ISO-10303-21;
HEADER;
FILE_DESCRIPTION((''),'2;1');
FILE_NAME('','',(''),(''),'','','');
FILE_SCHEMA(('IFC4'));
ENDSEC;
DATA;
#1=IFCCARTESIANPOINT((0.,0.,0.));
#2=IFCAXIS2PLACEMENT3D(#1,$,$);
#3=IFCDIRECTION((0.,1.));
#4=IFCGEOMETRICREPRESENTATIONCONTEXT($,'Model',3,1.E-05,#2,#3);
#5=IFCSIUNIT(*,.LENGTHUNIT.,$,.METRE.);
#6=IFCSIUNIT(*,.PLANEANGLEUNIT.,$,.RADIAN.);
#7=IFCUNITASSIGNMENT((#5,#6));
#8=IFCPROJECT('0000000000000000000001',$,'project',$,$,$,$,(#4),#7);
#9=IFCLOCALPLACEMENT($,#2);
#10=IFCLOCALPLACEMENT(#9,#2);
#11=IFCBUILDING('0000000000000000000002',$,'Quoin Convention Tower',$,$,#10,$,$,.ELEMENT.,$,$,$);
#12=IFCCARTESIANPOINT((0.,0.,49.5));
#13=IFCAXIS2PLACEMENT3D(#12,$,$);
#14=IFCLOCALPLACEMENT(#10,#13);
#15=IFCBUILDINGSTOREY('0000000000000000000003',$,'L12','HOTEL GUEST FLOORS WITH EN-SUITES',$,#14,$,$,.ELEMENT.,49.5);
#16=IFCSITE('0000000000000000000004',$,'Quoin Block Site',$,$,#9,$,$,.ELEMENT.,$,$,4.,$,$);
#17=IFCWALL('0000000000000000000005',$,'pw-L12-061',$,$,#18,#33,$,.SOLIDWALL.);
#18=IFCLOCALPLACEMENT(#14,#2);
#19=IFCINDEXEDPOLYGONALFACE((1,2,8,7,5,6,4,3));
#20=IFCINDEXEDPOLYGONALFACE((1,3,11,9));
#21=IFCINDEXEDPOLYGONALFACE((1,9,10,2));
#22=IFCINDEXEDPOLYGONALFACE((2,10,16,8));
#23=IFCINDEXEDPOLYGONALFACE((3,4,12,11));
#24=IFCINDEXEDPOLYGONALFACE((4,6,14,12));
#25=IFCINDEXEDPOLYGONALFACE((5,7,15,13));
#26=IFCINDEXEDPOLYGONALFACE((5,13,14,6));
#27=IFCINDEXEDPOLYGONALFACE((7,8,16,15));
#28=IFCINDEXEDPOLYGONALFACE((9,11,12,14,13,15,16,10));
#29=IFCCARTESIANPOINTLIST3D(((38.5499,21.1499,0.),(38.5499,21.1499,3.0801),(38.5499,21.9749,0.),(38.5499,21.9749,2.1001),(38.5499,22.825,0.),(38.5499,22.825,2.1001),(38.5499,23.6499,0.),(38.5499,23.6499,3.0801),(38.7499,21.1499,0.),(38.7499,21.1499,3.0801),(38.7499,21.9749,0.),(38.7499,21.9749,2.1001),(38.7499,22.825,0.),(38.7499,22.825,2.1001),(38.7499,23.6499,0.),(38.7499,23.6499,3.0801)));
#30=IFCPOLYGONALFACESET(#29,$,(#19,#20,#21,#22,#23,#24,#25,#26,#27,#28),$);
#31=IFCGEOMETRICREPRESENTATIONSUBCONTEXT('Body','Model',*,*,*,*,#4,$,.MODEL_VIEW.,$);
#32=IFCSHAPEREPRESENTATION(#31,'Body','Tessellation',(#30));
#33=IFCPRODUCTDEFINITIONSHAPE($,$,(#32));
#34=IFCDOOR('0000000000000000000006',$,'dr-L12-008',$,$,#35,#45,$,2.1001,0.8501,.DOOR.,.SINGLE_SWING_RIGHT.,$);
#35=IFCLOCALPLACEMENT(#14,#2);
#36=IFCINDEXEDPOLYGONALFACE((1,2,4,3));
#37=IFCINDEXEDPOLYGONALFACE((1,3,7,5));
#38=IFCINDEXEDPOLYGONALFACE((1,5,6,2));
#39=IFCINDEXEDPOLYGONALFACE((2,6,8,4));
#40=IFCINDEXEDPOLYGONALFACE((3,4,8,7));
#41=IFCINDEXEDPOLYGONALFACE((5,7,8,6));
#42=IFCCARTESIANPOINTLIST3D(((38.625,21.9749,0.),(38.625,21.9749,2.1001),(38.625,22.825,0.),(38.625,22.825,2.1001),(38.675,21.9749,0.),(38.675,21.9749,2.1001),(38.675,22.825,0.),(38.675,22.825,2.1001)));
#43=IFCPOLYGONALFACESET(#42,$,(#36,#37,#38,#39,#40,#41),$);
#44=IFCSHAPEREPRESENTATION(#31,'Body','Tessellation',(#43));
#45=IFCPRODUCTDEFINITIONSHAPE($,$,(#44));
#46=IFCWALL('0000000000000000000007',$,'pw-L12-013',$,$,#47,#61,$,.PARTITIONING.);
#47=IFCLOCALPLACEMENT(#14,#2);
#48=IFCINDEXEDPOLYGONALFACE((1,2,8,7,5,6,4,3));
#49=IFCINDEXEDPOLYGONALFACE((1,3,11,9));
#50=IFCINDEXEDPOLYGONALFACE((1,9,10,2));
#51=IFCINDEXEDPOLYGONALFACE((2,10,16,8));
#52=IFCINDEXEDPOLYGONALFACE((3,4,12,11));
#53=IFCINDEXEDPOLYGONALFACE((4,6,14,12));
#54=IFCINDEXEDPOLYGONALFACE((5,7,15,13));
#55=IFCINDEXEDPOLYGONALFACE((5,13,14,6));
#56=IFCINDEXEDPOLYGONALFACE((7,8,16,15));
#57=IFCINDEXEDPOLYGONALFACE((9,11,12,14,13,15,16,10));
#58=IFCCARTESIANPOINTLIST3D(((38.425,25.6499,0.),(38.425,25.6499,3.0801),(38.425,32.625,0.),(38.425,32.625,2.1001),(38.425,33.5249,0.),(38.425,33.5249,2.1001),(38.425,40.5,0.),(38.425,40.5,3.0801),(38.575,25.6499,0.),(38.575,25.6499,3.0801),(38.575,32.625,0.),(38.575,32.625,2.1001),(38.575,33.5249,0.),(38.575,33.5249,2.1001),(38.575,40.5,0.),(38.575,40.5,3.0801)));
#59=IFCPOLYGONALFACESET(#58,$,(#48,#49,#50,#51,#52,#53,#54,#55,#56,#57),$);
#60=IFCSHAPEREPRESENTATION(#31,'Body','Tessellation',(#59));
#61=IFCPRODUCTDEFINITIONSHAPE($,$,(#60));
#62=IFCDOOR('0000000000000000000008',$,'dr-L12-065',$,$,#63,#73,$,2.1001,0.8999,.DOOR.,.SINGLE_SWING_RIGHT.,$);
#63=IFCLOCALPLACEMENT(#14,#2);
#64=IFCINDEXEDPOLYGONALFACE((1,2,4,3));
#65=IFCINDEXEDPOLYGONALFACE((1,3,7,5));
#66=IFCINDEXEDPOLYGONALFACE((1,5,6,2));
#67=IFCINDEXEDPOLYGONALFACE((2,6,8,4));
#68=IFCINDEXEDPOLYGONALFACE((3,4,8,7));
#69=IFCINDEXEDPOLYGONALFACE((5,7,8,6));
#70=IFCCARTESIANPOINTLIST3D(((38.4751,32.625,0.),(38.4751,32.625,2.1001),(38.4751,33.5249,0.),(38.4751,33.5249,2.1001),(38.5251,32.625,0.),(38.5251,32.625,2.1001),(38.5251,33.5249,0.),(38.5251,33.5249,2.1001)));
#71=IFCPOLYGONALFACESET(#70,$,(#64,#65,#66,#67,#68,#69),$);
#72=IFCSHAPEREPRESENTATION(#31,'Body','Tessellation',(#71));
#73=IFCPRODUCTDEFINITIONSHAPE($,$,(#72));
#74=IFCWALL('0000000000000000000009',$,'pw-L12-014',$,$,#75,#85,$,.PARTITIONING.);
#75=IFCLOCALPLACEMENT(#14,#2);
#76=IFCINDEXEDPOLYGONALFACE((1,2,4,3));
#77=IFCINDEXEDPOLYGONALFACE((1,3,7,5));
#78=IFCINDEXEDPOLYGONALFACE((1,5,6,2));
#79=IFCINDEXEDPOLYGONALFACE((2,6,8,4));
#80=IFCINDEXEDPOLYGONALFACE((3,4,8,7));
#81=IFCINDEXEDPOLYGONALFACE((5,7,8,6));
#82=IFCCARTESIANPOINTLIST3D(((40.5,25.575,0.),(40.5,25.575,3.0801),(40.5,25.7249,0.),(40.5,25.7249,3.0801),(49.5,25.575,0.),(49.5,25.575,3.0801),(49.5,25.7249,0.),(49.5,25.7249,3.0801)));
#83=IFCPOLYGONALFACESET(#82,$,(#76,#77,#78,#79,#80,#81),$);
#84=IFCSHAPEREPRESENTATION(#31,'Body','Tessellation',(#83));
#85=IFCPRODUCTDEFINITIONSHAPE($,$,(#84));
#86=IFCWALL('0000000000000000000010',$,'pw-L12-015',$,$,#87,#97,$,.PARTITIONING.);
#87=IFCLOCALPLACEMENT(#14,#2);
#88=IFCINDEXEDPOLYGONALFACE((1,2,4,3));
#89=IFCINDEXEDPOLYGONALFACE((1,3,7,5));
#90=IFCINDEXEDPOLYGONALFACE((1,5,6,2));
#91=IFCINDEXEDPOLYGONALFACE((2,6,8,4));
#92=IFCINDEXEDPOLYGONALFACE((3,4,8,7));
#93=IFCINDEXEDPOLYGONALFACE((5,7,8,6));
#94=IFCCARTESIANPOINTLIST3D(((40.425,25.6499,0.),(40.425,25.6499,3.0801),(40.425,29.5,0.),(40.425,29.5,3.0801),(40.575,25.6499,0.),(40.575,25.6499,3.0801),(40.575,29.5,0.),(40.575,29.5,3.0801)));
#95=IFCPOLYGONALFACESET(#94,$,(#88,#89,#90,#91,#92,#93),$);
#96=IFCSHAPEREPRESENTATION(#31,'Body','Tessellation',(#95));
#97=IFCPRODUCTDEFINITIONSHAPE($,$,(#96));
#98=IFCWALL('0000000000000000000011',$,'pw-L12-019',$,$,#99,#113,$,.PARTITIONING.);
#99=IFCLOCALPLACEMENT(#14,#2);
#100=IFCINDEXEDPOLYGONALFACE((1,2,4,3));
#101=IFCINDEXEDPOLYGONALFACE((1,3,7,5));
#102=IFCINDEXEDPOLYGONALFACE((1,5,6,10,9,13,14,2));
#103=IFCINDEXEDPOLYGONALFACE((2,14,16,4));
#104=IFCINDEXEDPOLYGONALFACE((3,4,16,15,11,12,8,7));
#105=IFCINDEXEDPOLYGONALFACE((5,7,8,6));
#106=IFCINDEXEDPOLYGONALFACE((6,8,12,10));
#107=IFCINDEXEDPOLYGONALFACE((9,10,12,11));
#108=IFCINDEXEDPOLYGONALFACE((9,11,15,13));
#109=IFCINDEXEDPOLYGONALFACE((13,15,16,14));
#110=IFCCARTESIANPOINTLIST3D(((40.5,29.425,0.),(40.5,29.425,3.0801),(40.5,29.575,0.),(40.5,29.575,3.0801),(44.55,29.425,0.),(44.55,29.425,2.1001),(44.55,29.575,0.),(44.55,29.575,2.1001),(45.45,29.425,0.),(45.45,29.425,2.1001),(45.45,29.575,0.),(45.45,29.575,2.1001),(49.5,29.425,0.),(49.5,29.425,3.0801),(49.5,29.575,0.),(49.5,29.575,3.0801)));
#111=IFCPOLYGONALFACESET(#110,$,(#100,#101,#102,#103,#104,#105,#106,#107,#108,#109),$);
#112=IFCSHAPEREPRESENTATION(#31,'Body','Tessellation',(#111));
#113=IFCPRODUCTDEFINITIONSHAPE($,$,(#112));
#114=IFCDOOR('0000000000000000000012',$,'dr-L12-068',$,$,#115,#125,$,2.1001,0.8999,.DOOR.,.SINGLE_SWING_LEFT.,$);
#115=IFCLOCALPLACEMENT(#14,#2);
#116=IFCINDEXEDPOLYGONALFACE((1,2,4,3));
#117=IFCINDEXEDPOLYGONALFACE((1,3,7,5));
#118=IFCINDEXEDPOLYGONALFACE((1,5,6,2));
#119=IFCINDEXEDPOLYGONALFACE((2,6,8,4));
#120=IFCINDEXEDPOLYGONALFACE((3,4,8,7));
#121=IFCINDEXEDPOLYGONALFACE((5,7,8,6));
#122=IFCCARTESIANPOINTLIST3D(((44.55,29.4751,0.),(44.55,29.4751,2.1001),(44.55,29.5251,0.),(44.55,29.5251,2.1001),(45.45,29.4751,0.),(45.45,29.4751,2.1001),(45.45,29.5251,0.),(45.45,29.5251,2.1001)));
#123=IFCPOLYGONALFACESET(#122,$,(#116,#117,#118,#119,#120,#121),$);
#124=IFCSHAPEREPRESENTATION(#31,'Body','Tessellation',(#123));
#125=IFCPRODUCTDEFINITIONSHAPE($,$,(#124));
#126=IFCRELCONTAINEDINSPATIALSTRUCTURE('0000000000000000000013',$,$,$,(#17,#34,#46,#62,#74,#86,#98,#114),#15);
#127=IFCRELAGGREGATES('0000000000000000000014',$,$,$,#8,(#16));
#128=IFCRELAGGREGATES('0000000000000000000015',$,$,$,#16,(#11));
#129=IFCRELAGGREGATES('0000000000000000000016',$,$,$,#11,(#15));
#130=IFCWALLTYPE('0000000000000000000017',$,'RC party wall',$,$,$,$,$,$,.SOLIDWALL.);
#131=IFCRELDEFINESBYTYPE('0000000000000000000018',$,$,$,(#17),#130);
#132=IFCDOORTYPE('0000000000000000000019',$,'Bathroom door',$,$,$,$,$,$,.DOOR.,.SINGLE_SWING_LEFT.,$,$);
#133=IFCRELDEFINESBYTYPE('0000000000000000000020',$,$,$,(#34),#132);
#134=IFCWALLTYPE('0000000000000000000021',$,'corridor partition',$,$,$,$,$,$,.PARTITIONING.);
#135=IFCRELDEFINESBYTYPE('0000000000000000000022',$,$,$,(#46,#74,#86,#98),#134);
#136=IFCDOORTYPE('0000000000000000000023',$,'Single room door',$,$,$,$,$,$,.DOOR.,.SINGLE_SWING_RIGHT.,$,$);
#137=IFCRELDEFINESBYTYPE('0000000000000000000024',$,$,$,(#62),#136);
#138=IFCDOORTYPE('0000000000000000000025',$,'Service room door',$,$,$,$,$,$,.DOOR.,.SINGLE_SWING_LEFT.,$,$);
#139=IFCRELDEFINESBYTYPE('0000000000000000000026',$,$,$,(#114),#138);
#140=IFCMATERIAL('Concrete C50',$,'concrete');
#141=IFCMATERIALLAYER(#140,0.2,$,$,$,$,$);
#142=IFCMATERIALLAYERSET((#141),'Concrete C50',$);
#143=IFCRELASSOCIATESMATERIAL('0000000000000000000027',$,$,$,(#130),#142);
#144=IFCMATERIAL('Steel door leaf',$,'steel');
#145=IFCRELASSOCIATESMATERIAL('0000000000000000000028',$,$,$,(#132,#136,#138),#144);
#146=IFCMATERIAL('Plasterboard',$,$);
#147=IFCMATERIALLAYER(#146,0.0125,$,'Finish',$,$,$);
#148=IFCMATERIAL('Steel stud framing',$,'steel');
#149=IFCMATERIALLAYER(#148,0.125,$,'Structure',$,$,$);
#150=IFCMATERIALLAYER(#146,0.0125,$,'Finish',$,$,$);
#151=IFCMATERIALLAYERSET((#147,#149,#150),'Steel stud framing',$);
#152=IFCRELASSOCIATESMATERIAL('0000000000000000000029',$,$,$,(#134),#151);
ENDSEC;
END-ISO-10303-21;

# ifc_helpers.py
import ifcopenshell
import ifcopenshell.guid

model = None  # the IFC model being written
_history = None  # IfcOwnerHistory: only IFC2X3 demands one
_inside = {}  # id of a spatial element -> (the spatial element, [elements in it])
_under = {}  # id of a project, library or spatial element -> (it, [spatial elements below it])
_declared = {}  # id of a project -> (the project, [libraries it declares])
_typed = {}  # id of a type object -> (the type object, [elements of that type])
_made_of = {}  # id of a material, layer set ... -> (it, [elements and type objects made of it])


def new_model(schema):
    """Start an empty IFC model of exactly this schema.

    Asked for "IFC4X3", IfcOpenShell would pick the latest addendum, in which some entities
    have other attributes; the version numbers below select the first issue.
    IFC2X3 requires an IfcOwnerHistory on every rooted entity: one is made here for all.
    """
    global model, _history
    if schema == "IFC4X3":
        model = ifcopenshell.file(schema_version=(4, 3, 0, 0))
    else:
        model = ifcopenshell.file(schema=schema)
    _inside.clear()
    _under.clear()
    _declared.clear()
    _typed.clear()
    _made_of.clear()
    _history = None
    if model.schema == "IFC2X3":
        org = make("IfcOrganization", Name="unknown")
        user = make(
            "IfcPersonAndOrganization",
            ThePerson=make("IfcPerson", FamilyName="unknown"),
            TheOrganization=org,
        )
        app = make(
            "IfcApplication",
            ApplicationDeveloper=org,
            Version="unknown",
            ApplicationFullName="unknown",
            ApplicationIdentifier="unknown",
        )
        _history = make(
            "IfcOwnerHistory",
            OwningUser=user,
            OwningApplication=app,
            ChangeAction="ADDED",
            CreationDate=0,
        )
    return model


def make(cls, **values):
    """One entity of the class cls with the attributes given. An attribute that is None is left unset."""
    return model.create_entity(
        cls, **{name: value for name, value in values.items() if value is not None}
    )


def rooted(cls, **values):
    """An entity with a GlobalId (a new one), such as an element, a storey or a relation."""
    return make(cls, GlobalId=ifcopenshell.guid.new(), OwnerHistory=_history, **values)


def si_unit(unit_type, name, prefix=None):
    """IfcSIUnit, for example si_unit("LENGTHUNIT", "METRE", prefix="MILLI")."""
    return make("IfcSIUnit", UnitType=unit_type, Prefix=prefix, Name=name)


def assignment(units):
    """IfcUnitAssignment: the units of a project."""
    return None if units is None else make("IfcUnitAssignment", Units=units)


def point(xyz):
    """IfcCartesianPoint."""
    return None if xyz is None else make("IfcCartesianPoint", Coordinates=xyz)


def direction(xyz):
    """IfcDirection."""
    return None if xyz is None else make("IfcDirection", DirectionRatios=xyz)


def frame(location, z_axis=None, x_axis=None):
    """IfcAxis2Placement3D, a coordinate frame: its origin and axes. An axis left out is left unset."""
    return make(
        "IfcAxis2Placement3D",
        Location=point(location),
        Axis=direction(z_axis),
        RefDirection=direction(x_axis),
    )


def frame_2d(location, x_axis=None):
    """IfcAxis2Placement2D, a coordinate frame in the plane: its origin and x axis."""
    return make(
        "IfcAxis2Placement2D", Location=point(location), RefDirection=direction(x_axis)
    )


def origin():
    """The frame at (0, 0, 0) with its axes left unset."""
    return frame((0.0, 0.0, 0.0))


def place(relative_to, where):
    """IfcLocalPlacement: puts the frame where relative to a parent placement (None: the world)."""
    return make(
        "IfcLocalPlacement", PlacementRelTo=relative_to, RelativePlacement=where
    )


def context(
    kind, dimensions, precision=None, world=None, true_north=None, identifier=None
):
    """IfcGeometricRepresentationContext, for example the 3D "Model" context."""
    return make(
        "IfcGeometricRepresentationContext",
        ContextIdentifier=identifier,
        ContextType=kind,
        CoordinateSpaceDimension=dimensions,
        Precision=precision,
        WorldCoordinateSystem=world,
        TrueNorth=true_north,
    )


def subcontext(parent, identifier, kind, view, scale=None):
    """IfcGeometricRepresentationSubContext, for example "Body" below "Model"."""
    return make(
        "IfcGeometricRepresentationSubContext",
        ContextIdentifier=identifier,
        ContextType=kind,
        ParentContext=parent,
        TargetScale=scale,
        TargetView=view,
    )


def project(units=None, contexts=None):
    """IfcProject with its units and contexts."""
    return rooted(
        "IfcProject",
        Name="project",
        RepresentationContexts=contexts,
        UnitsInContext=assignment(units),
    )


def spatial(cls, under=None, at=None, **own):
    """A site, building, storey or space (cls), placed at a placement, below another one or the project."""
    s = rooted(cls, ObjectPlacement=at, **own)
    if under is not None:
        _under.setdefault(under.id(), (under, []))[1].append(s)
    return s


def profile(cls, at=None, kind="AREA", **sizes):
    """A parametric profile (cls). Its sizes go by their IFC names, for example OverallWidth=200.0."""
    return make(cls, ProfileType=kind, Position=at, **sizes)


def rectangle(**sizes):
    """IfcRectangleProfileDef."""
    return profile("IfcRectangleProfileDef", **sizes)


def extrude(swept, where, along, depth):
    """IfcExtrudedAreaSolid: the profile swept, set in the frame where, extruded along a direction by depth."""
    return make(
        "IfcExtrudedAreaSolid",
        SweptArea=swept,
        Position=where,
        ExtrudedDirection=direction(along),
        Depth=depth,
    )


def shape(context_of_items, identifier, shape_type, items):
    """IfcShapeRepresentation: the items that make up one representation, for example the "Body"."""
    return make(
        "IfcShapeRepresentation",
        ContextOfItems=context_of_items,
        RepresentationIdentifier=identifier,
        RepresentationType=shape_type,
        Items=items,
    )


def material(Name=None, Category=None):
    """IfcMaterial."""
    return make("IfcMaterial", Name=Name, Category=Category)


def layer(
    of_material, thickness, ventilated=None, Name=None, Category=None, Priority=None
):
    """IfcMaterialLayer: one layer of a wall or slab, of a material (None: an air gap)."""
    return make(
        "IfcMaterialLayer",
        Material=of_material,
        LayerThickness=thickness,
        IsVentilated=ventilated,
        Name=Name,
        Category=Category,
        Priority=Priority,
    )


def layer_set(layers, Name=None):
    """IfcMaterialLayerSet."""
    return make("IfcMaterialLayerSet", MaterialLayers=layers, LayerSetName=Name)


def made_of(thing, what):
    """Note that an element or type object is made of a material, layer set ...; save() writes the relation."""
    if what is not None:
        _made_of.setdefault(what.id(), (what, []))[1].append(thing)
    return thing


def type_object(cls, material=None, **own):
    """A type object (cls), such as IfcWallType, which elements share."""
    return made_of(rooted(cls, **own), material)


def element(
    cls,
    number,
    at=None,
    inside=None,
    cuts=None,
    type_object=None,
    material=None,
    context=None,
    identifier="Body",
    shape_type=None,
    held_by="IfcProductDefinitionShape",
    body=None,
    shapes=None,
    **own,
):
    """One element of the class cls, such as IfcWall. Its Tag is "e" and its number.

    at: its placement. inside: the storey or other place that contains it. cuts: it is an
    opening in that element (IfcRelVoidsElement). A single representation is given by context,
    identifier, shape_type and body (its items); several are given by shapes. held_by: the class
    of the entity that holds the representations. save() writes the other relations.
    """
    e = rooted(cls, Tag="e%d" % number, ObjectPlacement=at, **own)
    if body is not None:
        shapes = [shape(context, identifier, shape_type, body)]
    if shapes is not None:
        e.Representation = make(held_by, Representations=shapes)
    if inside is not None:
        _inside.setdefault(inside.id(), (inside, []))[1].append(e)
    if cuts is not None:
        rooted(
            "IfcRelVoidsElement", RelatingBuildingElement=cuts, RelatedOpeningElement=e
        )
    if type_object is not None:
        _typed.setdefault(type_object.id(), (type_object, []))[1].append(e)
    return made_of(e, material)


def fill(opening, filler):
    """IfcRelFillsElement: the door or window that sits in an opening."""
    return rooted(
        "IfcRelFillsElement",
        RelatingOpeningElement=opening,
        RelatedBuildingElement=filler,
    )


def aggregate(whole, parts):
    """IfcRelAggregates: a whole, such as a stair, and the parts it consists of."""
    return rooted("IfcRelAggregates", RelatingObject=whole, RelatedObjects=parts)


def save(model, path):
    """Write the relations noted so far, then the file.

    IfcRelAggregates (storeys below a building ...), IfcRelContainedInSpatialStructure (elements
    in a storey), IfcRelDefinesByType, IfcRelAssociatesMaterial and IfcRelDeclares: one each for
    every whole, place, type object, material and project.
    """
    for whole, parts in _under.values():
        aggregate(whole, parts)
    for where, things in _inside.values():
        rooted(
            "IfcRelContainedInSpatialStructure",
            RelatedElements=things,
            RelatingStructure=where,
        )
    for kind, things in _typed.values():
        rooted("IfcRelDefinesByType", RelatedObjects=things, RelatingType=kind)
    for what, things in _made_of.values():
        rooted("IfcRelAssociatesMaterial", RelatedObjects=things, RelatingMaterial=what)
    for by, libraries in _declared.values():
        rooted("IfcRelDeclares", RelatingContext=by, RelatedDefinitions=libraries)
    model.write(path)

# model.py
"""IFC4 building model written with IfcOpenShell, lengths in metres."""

from ifc_helpers import new_model, si_unit, direction, frame, frame_2d, origin, place, context, subcontext, project, spatial, rectangle, extrude, material, layer, layer_set, type_object, element, fill, save


model = new_model("IFC4")

# Units and contexts
model_context = context("Model", 3, precision=1e-05, world=origin(), true_north=direction((0.0, 1.0)))
body_context = subcontext(model_context, "Body", "Model", "MODEL_VIEW")
ifc_project = project(units=[si_unit("LENGTHUNIT", "METRE"), si_unit("PLANEANGLEUNIT", "RADIAN")], contexts=[model_context])

# Site, building, storey
site_placement = place(None, origin())
site = spatial("IfcSite", under=ifc_project, at=site_placement, Name="Quoin Block Site", CompositionType="ELEMENT", RefElevation=4.0)
building_placement = place(site_placement, origin())
building = spatial("IfcBuilding", under=site, at=building_placement, Name="Quoin Convention Tower", CompositionType="ELEMENT")
storey_placement = place(building_placement, frame((0.0, 0.0, 49.5)))
storey = spatial("IfcBuildingStorey", under=building, at=storey_placement, Name="L12", Description="HOTEL GUEST FLOORS WITH EN-SUITES", CompositionType="ELEMENT", Elevation=49.5)

# Shared definitions
ifc_material_1 = material(Name="Concrete C50", Category="concrete")

# Shared definitions
ifc_material_2 = material(Name="Steel door leaf", Category="steel")

# Shared definitions
ifc_layer_1 = layer(ifc_material_1, 0.2)
ifc_layer_set_1 = layer_set([ifc_layer_1], Name="Concrete C50")
wall_type_1 = type_object("IfcWallType", Name="RC party wall", PredefinedType="SOLIDWALL", material=ifc_layer_set_1)

# Shared definitions
door_type_1 = type_object("IfcDoorType", Name="Bathroom door", OperationType="SINGLE_SWING_LEFT", PredefinedType="DOOR", material=ifc_material_2)

# Walls, openings, doors
wall_1_placement = place(storey_placement, frame((38.6499, 21.1499, 0.0), z_axis=(0.0, 0.0, 1.0), x_axis=(0.0, 1.0, 0.0)))
wall_1 = element("IfcWall", 1, at=wall_1_placement, inside=storey, type_object=wall_type_1, Name="pw-L12-061", PredefinedType="SOLIDWALL", context=body_context, shape_type="SweptSolid", body=[
    extrude(rectangle(XDim=2.5, YDim=0.2, at=frame_2d((1.25, 0.0))), origin(), (0.0, 0.0, 1.0), 3.0801),
])
opening_1_placement = place(wall_1_placement, frame((0.825, 0.0, 0.0)))
opening_1 = element("IfcOpeningElement", 2, at=opening_1_placement, cuts=wall_1, PredefinedType="OPENING", context=body_context, shape_type="SweptSolid", body=[
    extrude(rectangle(XDim=0.8501, YDim=2.1001, at=frame_2d((0.425, 1.05))), frame((0.0, 0.1099, 0.0), z_axis=(0.0, -1.0, 0.0), x_axis=(1.0, 0.0, 0.0)), (0.0, 0.0, 1.0), 0.22),
])
door_1_placement = place(opening_1_placement, origin())
door_1 = element("IfcDoor", 3, at=door_1_placement, inside=storey, type_object=door_type_1, Name="dr-L12-008", OperationType="SINGLE_SWING_RIGHT", OverallHeight=2.1001, OverallWidth=0.8501, PredefinedType="DOOR", context=body_context, shape_type="SweptSolid", body=[
    extrude(rectangle(XDim=0.8501, YDim=2.1001, at=frame_2d((0.425, 1.05))), frame((0.0, 0.0249, 0.0), z_axis=(0.0, -1.0, 0.0), x_axis=(1.0, 0.0, 0.0)), (0.0, 0.0, 1.0), 0.05),
])
fill(opening_1, door_1)
ifc_material_3 = material(Name="Plasterboard")
ifc_layer_2 = layer(ifc_material_3, 0.0125, Name="Finish")
ifc_material_4 = material(Name="Steel stud framing", Category="steel")
ifc_layer_3 = layer(ifc_material_4, 0.125, Name="Structure")
ifc_layer_4 = layer(ifc_material_3, 0.0125, Name="Finish")
ifc_layer_set_2 = layer_set([ifc_layer_2, ifc_layer_3, ifc_layer_4], Name="Steel stud framing")
wall_type_2 = type_object("IfcWallType", Name="corridor partition", PredefinedType="PARTITIONING", material=ifc_layer_set_2)
wall_2_placement = place(storey_placement, frame((38.5, 25.6499, 0.0), z_axis=(0.0, 0.0, 1.0), x_axis=(0.0, 1.0, 0.0)))
wall_2 = element("IfcWall", 4, at=wall_2_placement, inside=storey, type_object=wall_type_2, Name="pw-L12-013", PredefinedType="PARTITIONING", context=body_context, shape_type="SweptSolid", body=[
    extrude(rectangle(XDim=14.8501, YDim=0.1499, at=frame_2d((7.425, 0.0))), origin(), (0.0, 0.0, 1.0), 3.0801),
])
opening_2_placement = place(wall_2_placement, frame((6.9751, 0.0, 0.0)))
opening_2 = element("IfcOpeningElement", 5, at=opening_2_placement, cuts=wall_2, PredefinedType="OPENING", context=body_context, shape_type="SweptSolid", body=[
    extrude(rectangle(XDim=0.8999, YDim=2.1001, at=frame_2d((0.45, 1.05))), frame((0.0, 0.085, 0.0), z_axis=(0.0, -1.0, 0.0), x_axis=(1.0, 0.0, 0.0)), (0.0, 0.0, 1.0), 0.1699),
])
door_type_2 = type_object("IfcDoorType", Name="Single room door", OperationType="SINGLE_SWING_RIGHT", PredefinedType="DOOR", material=ifc_material_2)
door_2_placement = place(opening_2_placement, origin())
door_2 = element("IfcDoor", 6, at=door_2_placement, inside=storey, type_object=door_type_2, Name="dr-L12-065", OperationType="SINGLE_SWING_RIGHT", OverallHeight=2.1001, OverallWidth=0.8999, PredefinedType="DOOR", context=body_context, shape_type="SweptSolid", body=[
    extrude(rectangle(XDim=0.8999, YDim=2.1001, at=frame_2d((0.45, 1.05))), frame((0.0, 0.0249, 0.0), z_axis=(0.0, -1.0, 0.0), x_axis=(1.0, 0.0, 0.0)), (0.0, 0.0, 1.0), 0.05),
])
fill(opening_2, door_2)

# Walls
wall_3_placement = place(storey_placement, frame((40.5, 25.6499, 0.0), z_axis=(0.0, 0.0, 1.0), x_axis=(1.0, 0.0, 0.0)))
element("IfcWall", 7, at=wall_3_placement, inside=storey, type_object=wall_type_2, Name="pw-L12-014", PredefinedType="PARTITIONING", context=body_context, shape_type="SweptSolid", body=[
    extrude(rectangle(XDim=9.0, YDim=0.1499, at=frame_2d((4.5, 0.0))), origin(), (0.0, 0.0, 1.0), 3.0801),
])
wall_4_placement = place(storey_placement, frame((40.5, 25.6499, 0.0), z_axis=(0.0, 0.0, 1.0), x_axis=(0.0, 1.0, 0.0)))
element("IfcWall", 8, at=wall_4_placement, inside=storey, type_object=wall_type_2, Name="pw-L12-015", PredefinedType="PARTITIONING", context=body_context, shape_type="SweptSolid", body=[
    extrude(rectangle(XDim=3.8501, YDim=0.1499, at=frame_2d((1.925, 0.0))), origin(), (0.0, 0.0, 1.0), 3.0801),
])

# Wall, opening, door
wall_5_placement = place(storey_placement, frame((40.5, 29.5, 0.0), z_axis=(0.0, 0.0, 1.0), x_axis=(1.0, 0.0, 0.0)))
wall_5 = element("IfcWall", 9, at=wall_5_placement, inside=storey, type_object=wall_type_2, Name="pw-L12-019", PredefinedType="PARTITIONING", context=body_context, shape_type="SweptSolid", body=[
    extrude(rectangle(XDim=9.0, YDim=0.1499, at=frame_2d((4.5, 0.0))), origin(), (0.0, 0.0, 1.0), 3.0801),
])
opening_3_placement = place(wall_5_placement, frame((4.05, 0.0, 0.0)))
opening_3 = element("IfcOpeningElement", 10, at=opening_3_placement, cuts=wall_5, PredefinedType="OPENING", context=body_context, shape_type="SweptSolid", body=[
    extrude(rectangle(XDim=0.8999, YDim=2.1001, at=frame_2d((0.45, 1.05))), frame((0.0, 0.085, 0.0), z_axis=(0.0, -1.0, 0.0), x_axis=(1.0, 0.0, 0.0)), (0.0, 0.0, 1.0), 0.1699),
])
door_type_3 = type_object("IfcDoorType", Name="Service room door", OperationType="SINGLE_SWING_LEFT", PredefinedType="DOOR", material=ifc_material_2)
door_3_placement = place(opening_3_placement, frame((0.8999, 0.0, 0.0), z_axis=(0.0, 0.0, 1.0), x_axis=(-1.0, 0.0, 0.0)))
door_3 = element("IfcDoor", 11, at=door_3_placement, inside=storey, type_object=door_type_3, Name="dr-L12-068", OperationType="SINGLE_SWING_LEFT", OverallHeight=2.1001, OverallWidth=0.8999, PredefinedType="DOOR", context=body_context, shape_type="SweptSolid", body=[
    extrude(rectangle(XDim=0.8999, YDim=2.1001, at=frame_2d((0.45, 1.05))), frame((0.0, 0.0249, 0.0), z_axis=(0.0, -1.0, 0.0), x_axis=(1.0, 0.0, 0.0)), (0.0, 0.0, 1.0), 0.05),
])
fill(opening_3, door_3)

save(model, "model.ifc")
